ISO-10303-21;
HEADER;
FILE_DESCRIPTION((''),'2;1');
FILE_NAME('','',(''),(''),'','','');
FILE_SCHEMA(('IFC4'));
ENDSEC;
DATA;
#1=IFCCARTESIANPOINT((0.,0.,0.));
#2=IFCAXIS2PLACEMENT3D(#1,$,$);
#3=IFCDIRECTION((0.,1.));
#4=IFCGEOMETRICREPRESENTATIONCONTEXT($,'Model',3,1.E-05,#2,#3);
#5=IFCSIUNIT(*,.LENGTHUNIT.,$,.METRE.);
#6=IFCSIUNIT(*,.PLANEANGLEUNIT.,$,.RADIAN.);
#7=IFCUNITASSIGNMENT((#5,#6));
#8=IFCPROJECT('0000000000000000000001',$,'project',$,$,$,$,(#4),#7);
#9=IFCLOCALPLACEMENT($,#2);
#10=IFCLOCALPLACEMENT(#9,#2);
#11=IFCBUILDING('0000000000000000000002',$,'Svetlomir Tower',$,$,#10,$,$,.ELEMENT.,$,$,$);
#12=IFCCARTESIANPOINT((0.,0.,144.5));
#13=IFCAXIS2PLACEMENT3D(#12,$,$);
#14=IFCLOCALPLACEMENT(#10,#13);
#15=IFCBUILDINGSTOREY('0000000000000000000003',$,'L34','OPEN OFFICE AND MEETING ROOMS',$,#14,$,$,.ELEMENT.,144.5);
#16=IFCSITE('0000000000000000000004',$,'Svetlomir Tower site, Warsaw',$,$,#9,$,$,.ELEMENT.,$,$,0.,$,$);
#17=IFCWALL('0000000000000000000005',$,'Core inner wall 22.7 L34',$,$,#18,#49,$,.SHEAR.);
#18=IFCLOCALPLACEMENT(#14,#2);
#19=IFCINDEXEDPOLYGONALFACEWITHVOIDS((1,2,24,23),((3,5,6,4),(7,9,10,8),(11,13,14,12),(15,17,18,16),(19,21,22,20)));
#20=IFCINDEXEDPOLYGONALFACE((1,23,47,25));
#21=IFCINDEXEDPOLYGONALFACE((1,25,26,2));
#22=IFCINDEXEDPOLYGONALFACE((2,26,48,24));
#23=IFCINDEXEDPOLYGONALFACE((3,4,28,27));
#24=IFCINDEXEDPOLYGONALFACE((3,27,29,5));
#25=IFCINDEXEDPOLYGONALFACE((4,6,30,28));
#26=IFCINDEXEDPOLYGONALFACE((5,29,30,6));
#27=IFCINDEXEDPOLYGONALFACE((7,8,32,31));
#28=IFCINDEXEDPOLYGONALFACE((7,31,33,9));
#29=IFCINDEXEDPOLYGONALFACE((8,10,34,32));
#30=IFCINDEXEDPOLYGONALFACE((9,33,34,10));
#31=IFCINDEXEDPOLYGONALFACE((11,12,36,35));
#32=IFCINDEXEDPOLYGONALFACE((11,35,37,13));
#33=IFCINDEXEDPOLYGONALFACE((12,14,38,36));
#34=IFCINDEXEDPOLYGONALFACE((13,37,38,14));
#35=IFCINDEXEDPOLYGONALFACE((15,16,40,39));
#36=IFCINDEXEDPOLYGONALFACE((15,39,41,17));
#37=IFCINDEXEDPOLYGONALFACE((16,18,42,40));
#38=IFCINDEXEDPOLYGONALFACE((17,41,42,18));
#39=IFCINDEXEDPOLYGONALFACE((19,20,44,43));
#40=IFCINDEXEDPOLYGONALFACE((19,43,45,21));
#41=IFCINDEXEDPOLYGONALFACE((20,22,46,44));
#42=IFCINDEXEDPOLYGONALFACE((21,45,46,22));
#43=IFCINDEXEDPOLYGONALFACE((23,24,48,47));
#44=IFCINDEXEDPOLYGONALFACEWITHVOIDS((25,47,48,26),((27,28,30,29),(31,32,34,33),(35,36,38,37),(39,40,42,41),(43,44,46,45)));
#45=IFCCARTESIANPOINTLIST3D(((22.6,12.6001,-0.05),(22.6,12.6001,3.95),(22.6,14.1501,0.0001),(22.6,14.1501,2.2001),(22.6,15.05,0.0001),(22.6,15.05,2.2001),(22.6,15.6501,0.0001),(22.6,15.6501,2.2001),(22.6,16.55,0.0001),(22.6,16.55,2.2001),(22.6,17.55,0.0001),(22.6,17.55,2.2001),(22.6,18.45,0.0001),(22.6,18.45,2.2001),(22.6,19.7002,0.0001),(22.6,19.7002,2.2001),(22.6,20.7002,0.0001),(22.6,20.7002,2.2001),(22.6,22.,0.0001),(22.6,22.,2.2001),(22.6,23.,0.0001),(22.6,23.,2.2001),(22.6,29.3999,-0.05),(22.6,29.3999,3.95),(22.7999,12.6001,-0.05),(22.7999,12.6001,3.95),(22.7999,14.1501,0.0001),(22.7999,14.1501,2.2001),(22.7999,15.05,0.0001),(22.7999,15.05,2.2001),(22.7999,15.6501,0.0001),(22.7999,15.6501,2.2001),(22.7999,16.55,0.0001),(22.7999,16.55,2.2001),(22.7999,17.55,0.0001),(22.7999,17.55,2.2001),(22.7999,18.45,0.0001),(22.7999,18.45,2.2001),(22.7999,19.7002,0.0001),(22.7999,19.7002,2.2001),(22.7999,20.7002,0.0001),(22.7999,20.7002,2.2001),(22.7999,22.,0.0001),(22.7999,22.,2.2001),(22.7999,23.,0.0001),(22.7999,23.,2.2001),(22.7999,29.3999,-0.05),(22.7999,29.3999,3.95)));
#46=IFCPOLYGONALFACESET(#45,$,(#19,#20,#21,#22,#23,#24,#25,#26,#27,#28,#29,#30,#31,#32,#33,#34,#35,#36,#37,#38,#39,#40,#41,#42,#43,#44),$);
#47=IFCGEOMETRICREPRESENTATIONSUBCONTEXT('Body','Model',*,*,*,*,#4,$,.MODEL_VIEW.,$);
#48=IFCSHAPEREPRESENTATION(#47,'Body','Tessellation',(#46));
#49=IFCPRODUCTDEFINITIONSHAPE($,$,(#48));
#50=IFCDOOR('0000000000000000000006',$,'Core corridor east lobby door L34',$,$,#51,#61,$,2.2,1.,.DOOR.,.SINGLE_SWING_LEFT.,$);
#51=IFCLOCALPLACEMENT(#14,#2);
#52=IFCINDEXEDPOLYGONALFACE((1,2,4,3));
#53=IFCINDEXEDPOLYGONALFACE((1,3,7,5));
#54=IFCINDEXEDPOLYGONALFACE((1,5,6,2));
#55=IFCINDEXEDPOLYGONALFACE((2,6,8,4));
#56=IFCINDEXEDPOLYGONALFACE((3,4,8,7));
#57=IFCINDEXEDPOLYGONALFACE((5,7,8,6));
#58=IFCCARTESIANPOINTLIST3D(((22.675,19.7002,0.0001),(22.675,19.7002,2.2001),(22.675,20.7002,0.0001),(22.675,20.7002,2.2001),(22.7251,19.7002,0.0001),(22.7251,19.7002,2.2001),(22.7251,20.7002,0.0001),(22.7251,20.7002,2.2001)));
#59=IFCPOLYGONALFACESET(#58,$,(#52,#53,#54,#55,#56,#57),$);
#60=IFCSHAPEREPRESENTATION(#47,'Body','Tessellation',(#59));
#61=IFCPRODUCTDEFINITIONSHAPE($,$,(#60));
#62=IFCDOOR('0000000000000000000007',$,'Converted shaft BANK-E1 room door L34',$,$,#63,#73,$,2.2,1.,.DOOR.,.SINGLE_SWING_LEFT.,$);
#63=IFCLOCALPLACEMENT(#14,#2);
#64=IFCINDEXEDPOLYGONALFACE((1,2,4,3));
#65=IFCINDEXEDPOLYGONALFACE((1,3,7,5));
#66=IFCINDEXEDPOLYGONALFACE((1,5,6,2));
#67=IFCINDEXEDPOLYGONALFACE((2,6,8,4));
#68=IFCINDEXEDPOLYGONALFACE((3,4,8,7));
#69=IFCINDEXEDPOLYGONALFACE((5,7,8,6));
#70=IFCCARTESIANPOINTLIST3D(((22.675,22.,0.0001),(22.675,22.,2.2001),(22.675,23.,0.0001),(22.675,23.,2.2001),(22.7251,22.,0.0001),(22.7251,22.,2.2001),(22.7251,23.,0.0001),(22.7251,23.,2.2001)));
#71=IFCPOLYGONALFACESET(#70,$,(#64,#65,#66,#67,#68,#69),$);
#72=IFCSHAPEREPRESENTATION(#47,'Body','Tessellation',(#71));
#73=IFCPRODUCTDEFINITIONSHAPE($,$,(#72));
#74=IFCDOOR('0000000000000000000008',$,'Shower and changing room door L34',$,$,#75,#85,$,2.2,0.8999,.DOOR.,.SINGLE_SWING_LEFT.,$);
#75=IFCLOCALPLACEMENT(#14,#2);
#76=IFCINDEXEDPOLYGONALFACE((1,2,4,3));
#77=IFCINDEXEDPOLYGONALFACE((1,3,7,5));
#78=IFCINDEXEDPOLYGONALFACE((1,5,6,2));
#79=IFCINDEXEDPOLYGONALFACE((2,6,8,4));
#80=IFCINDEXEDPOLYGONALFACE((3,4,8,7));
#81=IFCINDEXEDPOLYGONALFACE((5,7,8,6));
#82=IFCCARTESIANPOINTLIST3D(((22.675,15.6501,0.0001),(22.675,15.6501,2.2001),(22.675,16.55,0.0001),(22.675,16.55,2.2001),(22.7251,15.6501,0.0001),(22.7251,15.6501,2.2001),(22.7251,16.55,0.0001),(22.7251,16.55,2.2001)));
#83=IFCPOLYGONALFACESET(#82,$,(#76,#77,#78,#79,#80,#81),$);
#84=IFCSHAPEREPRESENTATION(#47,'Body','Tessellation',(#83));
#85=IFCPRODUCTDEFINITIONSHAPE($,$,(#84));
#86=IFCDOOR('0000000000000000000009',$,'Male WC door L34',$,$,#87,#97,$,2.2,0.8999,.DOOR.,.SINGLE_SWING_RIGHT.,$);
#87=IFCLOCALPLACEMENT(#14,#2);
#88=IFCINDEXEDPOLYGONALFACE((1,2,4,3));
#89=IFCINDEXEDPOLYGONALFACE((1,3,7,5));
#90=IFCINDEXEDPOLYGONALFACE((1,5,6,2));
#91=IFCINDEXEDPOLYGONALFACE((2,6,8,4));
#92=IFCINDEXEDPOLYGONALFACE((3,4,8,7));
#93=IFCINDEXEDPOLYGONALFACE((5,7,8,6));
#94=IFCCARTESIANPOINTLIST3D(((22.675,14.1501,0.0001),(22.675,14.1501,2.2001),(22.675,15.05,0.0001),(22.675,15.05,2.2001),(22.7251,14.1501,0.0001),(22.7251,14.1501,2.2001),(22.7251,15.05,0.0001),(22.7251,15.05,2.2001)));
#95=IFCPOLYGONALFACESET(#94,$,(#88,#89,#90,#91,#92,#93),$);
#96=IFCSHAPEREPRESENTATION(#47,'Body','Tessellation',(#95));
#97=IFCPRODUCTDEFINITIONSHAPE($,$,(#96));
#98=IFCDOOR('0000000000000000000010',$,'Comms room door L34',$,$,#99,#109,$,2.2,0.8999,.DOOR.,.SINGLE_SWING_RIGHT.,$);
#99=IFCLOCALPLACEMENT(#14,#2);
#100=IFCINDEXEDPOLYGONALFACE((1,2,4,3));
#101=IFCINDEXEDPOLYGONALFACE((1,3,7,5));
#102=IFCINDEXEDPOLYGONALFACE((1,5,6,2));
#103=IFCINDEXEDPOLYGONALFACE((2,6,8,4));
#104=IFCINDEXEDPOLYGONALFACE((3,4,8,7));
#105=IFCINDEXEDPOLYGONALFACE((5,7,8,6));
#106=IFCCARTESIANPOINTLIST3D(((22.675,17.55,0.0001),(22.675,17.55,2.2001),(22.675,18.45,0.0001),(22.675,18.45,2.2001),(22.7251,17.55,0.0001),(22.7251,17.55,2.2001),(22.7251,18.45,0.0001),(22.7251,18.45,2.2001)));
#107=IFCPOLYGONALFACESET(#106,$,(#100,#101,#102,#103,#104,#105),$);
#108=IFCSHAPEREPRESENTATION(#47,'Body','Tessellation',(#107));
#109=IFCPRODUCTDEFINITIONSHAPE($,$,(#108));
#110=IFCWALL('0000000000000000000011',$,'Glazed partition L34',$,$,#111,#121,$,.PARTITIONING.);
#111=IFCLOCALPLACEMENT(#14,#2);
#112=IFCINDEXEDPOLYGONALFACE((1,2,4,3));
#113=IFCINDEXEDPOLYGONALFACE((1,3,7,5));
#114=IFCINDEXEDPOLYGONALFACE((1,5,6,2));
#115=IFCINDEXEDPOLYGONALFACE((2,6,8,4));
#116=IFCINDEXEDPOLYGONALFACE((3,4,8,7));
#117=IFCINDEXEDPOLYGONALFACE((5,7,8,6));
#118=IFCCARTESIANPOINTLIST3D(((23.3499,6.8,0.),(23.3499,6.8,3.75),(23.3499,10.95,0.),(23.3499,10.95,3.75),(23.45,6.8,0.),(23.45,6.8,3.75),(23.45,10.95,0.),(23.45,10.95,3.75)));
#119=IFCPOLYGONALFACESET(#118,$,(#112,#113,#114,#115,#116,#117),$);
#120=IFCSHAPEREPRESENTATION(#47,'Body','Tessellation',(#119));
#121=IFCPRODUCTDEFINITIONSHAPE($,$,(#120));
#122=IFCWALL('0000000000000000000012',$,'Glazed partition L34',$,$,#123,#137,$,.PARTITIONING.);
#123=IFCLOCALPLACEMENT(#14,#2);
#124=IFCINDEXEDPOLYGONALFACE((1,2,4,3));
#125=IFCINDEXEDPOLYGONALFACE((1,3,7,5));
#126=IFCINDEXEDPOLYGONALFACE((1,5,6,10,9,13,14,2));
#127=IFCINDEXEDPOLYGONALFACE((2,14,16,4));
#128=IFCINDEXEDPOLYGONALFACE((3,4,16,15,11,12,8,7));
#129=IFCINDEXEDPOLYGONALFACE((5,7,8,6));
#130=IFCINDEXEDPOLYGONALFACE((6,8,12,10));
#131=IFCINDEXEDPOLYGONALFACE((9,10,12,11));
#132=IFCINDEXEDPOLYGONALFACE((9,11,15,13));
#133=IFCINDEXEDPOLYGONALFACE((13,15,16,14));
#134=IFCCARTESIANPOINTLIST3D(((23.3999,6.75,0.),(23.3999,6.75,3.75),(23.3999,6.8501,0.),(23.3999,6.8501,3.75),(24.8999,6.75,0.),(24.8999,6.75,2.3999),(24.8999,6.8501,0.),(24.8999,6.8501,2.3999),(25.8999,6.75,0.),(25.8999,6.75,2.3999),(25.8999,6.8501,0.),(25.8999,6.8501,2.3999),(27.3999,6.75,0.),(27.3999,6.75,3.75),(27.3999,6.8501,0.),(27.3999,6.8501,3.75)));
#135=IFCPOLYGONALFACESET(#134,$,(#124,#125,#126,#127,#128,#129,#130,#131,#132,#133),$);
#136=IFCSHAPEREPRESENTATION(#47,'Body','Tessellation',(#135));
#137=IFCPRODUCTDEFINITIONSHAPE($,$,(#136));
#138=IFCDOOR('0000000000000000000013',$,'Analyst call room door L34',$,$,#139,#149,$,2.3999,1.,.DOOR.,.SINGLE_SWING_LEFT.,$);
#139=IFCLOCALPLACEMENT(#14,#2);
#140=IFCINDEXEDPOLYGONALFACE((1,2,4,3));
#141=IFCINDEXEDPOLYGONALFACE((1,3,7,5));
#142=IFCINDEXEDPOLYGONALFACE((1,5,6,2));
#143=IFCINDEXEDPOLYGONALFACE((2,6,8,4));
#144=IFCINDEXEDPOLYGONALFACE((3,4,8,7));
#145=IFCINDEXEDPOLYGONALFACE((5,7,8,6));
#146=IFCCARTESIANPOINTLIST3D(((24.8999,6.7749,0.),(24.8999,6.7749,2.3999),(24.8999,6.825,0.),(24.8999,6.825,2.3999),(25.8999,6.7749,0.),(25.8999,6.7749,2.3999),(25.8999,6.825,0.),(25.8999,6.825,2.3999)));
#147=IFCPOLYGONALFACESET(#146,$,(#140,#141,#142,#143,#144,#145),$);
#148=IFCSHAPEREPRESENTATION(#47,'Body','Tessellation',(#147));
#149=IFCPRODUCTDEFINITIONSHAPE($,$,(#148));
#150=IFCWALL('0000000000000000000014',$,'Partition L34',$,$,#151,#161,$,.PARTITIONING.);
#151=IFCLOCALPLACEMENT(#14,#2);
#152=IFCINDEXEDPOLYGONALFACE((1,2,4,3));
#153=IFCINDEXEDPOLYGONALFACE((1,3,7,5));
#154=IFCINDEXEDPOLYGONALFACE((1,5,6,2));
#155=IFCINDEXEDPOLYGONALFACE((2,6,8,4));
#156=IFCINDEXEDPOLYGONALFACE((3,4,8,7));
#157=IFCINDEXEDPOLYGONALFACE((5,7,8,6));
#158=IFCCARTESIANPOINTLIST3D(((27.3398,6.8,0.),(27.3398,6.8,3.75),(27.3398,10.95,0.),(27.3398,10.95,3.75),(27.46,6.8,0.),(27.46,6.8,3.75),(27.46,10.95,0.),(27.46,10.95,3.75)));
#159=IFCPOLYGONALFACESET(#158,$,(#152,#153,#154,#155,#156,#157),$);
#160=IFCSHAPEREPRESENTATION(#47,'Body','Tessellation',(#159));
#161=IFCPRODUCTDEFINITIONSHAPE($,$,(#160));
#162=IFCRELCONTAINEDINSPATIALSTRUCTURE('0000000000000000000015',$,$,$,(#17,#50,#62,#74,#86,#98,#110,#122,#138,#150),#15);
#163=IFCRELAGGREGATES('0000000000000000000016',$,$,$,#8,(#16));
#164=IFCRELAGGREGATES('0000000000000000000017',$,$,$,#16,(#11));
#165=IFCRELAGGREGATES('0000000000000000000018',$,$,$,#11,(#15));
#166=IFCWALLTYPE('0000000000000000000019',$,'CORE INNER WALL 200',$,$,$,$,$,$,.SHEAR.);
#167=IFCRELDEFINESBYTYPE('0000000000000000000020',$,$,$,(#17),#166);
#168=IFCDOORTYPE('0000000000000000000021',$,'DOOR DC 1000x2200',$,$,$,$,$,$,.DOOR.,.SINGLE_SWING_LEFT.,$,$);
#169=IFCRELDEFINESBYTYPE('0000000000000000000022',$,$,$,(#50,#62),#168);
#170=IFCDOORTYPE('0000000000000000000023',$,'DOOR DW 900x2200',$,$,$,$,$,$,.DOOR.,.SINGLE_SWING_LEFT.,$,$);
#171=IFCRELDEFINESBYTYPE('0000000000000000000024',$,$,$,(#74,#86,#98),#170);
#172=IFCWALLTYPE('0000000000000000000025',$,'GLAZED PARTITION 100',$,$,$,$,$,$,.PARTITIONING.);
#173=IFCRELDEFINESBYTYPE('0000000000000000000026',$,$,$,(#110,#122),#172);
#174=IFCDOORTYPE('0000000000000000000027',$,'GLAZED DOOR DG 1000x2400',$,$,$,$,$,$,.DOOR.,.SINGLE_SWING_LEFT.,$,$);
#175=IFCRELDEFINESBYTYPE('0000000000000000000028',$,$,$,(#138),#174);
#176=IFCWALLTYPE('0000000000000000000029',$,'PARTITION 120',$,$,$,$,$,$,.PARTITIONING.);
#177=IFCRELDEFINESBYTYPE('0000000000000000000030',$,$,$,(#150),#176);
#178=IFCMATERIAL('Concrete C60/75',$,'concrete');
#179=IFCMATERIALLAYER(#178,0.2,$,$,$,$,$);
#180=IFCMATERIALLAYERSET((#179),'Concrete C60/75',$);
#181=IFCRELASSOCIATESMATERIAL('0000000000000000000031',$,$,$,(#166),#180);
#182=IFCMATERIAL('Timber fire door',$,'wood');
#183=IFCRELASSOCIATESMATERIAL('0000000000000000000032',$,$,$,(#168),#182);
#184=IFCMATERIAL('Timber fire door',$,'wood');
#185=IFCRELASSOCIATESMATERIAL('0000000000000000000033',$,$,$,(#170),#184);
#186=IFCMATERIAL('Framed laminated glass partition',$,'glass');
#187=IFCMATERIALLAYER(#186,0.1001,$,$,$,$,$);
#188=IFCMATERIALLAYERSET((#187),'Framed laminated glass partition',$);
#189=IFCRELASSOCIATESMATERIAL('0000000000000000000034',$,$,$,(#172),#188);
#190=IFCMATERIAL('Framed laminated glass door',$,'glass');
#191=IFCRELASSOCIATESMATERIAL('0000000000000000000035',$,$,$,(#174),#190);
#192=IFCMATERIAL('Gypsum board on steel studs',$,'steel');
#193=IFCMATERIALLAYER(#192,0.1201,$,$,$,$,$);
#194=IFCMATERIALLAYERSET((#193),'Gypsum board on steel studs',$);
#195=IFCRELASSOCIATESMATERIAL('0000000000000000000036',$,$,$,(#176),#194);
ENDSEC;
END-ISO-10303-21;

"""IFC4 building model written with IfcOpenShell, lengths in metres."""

from ifc_helpers import new_model, si_unit, direction, frame, frame_2d, origin, place, context, subcontext, project, spatial, rectangle, extrude, material, layer, layer_set, type_object, element, fill, save


model = new_model("IFC4")

# Units and contexts
model_context = context("Model", 3, precision=1e-05, world=origin(), true_north=direction((0.0, 1.0)))
body_context = subcontext(model_context, "Body", "Model", "MODEL_VIEW")
ifc_project = project(units=[si_unit("LENGTHUNIT", "METRE"), si_unit("PLANEANGLEUNIT", "RADIAN")], contexts=[model_context])

# Site, building, storey
site_placement = place(None, origin())
site = spatial("IfcSite", under=ifc_project, at=site_placement, Name="Svetlomir Tower site, Warsaw", CompositionType="ELEMENT", RefElevation=0.0)
building_placement = place(site_placement, origin())
building = spatial("IfcBuilding", under=site, at=building_placement, Name="Svetlomir Tower", CompositionType="ELEMENT")
storey_placement = place(building_placement, frame((0.0, 0.0, 144.5)))
storey = spatial("IfcBuildingStorey", under=building, at=storey_placement, Name="L34", Description="OPEN OFFICE AND MEETING ROOMS", CompositionType="ELEMENT", Elevation=144.5)

# Wall, openings, doors
ifc_material_1 = material(Name="Concrete C60/75", Category="concrete")
ifc_layer_1 = layer(ifc_material_1, 0.2)
ifc_layer_set_1 = layer_set([ifc_layer_1], Name="Concrete C60/75")
wall_type_1 = type_object("IfcWallType", Name="CORE INNER WALL 200", PredefinedType="SHEAR", material=ifc_layer_set_1)
ifc_material_2 = material(Name="Timber fire door", Category="wood")
door_type_1 = type_object("IfcDoorType", Name="DOOR DC 1000x2200", OperationType="SINGLE_SWING_LEFT", PredefinedType="DOOR", material=ifc_material_2)
ifc_material_3 = material(Name="Timber fire door", Category="wood")
door_type_2 = type_object("IfcDoorType", Name="DOOR DW 900x2200", OperationType="SINGLE_SWING_LEFT", PredefinedType="DOOR", material=ifc_material_3)
wall_1_placement = place(storey_placement, frame((22.7, 12.6001, -0.05), z_axis=(0.0, 0.0, 1.0), x_axis=(0.0, 1.0, 0.0)))
wall_1 = element("IfcWall", 1, at=wall_1_placement, inside=storey, type_object=wall_type_1, Name="Core inner wall 22.7 L34", PredefinedType="SHEAR", context=body_context, shape_type="SweptSolid", body=[
    extrude(rectangle(XDim=16.7998, YDim=0.2, at=frame_2d((8.3999, 0.0))), origin(), (0.0, 0.0, 1.0), 4.0),
])
opening_1_placement = place(wall_1_placement, frame((3.05, 0.0, 0.05)))
opening_1 = element("IfcOpeningElement", 2, at=opening_1_placement, cuts=wall_1, PredefinedType="OPENING", context=body_context, shape_type="SweptSolid", body=[
    extrude(rectangle(XDim=0.8999, YDim=2.2, at=frame_2d((0.45, 1.1001))), frame((0.0, 0.1099, 0.0), z_axis=(0.0, -1.0, 0.0), x_axis=(1.0, 0.0, 0.0)), (0.0, 0.0, 1.0), 0.22),
])
opening_2_placement = place(wall_1_placement, frame((7.1001, 0.0, 0.05)))
opening_2 = element("IfcOpeningElement", 3, at=opening_2_placement, cuts=wall_1, PredefinedType="OPENING", context=body_context, shape_type="SweptSolid", body=[
    extrude(rectangle(XDim=1.0, YDim=2.2, at=frame_2d((0.5, 1.1001))), frame((0.0, 0.1099, 0.0), z_axis=(0.0, -1.0, 0.0), x_axis=(1.0, 0.0, 0.0)), (0.0, 0.0, 1.0), 0.22),
])
opening_3_placement = place(wall_1_placement, frame((1.55, 0.0, 0.05)))
opening_3 = element("IfcOpeningElement", 4, at=opening_3_placement, cuts=wall_1, PredefinedType="OPENING", context=body_context, shape_type="SweptSolid", body=[
    extrude(rectangle(XDim=0.8999, YDim=2.2, at=frame_2d((0.45, 1.1001))), frame((0.0, 0.1099, 0.0), z_axis=(0.0, -1.0, 0.0), x_axis=(1.0, 0.0, 0.0)), (0.0, 0.0, 1.0), 0.22),
])
opening_4_placement = place(wall_1_placement, frame((4.95, 0.0, 0.05)))
opening_4 = element("IfcOpeningElement", 5, at=opening_4_placement, cuts=wall_1, PredefinedType="OPENING", context=body_context, shape_type="SweptSolid", body=[
    extrude(rectangle(XDim=0.8999, YDim=2.2, at=frame_2d((0.45, 1.1001))), frame((0.0, 0.1099, 0.0), z_axis=(0.0, -1.0, 0.0), x_axis=(1.0, 0.0, 0.0)), (0.0, 0.0, 1.0), 0.22),
])
opening_5_placement = place(wall_1_placement, frame((9.3999, 0.0, 0.05)))
opening_5 = element("IfcOpeningElement", 6, at=opening_5_placement, cuts=wall_1, PredefinedType="OPENING", context=body_context, shape_type="SweptSolid", body=[
    extrude(rectangle(XDim=1.0, YDim=2.2, at=frame_2d((0.5, 1.1001))), frame((0.0, 0.1099, 0.0), z_axis=(0.0, -1.0, 0.0), x_axis=(1.0, 0.0, 0.0)), (0.0, 0.0, 1.0), 0.22),
])
door_1_placement = place(opening_2_placement, origin())
door_1 = element("IfcDoor", 7, at=door_1_placement, inside=storey, type_object=door_type_1, Name="Core corridor east lobby door L34", OperationType="SINGLE_SWING_LEFT", OverallHeight=2.2, OverallWidth=1.0, PredefinedType="DOOR", context=body_context, shape_type="SweptSolid", body=[
    extrude(rectangle(XDim=1.0, YDim=2.2, at=frame_2d((0.5, 1.1001))), frame((0.0, 0.0249, 0.0), z_axis=(0.0, -1.0, 0.0), x_axis=(1.0, 0.0, 0.0)), (0.0, 0.0, 1.0), 0.05),
])
fill(opening_2, door_1)
door_2_placement = place(opening_5_placement, origin())
door_2 = element("IfcDoor", 8, at=door_2_placement, inside=storey, type_object=door_type_1, Name="Converted shaft BANK-E1 room door L34", OperationType="SINGLE_SWING_LEFT", OverallHeight=2.2, OverallWidth=1.0, PredefinedType="DOOR", context=body_context, shape_type="SweptSolid", body=[
    extrude(rectangle(XDim=1.0, YDim=2.2, at=frame_2d((0.5, 1.1001))), frame((0.0, 0.0249, 0.0), z_axis=(0.0, -1.0, 0.0), x_axis=(1.0, 0.0, 0.0)), (0.0, 0.0, 1.0), 0.05),
])
fill(opening_5, door_2)
door_3_placement = place(opening_1_placement, origin())
door_3 = element("IfcDoor", 9, at=door_3_placement, inside=storey, type_object=door_type_2, Name="Shower and changing room door L34", OperationType="SINGLE_SWING_LEFT", OverallHeight=2.2, OverallWidth=0.8999, PredefinedType="DOOR", context=body_context, shape_type="SweptSolid", body=[
    extrude(rectangle(XDim=0.8999, YDim=2.2, at=frame_2d((0.45, 1.1001))), frame((0.0, 0.0249, 0.0), z_axis=(0.0, -1.0, 0.0), x_axis=(1.0, 0.0, 0.0)), (0.0, 0.0, 1.0), 0.05),
])
fill(opening_1, door_3)
door_4_placement = place(opening_3_placement, origin())
door_4 = element("IfcDoor", 10, at=door_4_placement, inside=storey, type_object=door_type_2, Name="Male WC door L34", OperationType="SINGLE_SWING_RIGHT", OverallHeight=2.2, OverallWidth=0.8999, PredefinedType="DOOR", context=body_context, shape_type="SweptSolid", body=[
    extrude(rectangle(XDim=0.8999, YDim=2.2, at=frame_2d((0.45, 1.1001))), frame((0.0, 0.0249, 0.0), z_axis=(0.0, -1.0, 0.0), x_axis=(1.0, 0.0, 0.0)), (0.0, 0.0, 1.0), 0.05),
])
fill(opening_3, door_4)
door_5_placement = place(opening_4_placement, origin())
door_5 = element("IfcDoor", 11, at=door_5_placement, inside=storey, type_object=door_type_2, Name="Comms room door L34", OperationType="SINGLE_SWING_RIGHT", OverallHeight=2.2, OverallWidth=0.8999, PredefinedType="DOOR", context=body_context, shape_type="SweptSolid", body=[
    extrude(rectangle(XDim=0.8999, YDim=2.2, at=frame_2d((0.45, 1.1001))), frame((0.0, 0.0249, 0.0), z_axis=(0.0, -1.0, 0.0), x_axis=(1.0, 0.0, 0.0)), (0.0, 0.0, 1.0), 0.05),
])
fill(opening_4, door_5)

# Wall
ifc_material_4 = material(Name="Framed laminated glass partition", Category="glass")
ifc_layer_2 = layer(ifc_material_4, 0.1001)
ifc_layer_set_2 = layer_set([ifc_layer_2], Name="Framed laminated glass partition")
wall_type_2 = type_object("IfcWallType", Name="GLAZED PARTITION 100", PredefinedType="PARTITIONING", material=ifc_layer_set_2)
wall_2_placement = place(storey_placement, frame((23.3999, 6.8, 0.0), z_axis=(0.0, 0.0, 1.0), x_axis=(0.0, 1.0, 0.0)))
element("IfcWall", 12, at=wall_2_placement, inside=storey, type_object=wall_type_2, Name="Glazed partition L34", PredefinedType="PARTITIONING", context=body_context, shape_type="SweptSolid", body=[
    extrude(rectangle(XDim=4.1499, YDim=0.1001, at=frame_2d((2.075, 0.0))), origin(), (0.0, 0.0, 1.0), 3.75),
])

# Wall, opening, door
wall_3_placement = place(storey_placement, frame((23.3999, 6.8, 0.0), z_axis=(0.0, 0.0, 1.0), x_axis=(1.0, 0.0, 0.0)))
wall_3 = element("IfcWall", 13, at=wall_3_placement, inside=storey, type_object=wall_type_2, Name="Glazed partition L34", PredefinedType="PARTITIONING", context=body_context, shape_type="SweptSolid", body=[
    extrude(rectangle(XDim=4.0, YDim=0.1001, at=frame_2d((2.0, 0.0))), origin(), (0.0, 0.0, 1.0), 3.75),
])
opening_6_placement = place(wall_3_placement, frame((1.5, 0.0, 0.0)))
opening_6 = element("IfcOpeningElement", 14, at=opening_6_placement, cuts=wall_3, PredefinedType="OPENING", context=body_context, shape_type="SweptSolid", body=[
    extrude(rectangle(XDim=1.0, YDim=2.3999, at=frame_2d((0.5, 1.2))), frame((0.0, 0.0601, 0.0), z_axis=(0.0, -1.0, 0.0), x_axis=(1.0, 0.0, 0.0)), (0.0, 0.0, 1.0), 0.1201),
])
ifc_material_5 = material(Name="Framed laminated glass door", Category="glass")
door_type_3 = type_object("IfcDoorType", Name="GLAZED DOOR DG 1000x2400", OperationType="SINGLE_SWING_LEFT", PredefinedType="DOOR", material=ifc_material_5)
door_6_placement = place(opening_6_placement, origin())
door_6 = element("IfcDoor", 15, at=door_6_placement, inside=storey, type_object=door_type_3, Name="Analyst call room door L34", OperationType="SINGLE_SWING_LEFT", OverallHeight=2.3999, OverallWidth=1.0, PredefinedType="DOOR", context=body_context, shape_type="SweptSolid", body=[
    extrude(rectangle(XDim=1.0, YDim=2.3999, at=frame_2d((0.5, 1.2))), frame((0.0, 0.0249, 0.0), z_axis=(0.0, -1.0, 0.0), x_axis=(1.0, 0.0, 0.0)), (0.0, 0.0, 1.0), 0.05),
])
fill(opening_6, door_6)

# Wall
ifc_material_6 = material(Name="Gypsum board on steel studs", Category="steel")
ifc_layer_3 = layer(ifc_material_6, 0.1201)
ifc_layer_set_3 = layer_set([ifc_layer_3], Name="Gypsum board on steel studs")
wall_type_3 = type_object("IfcWallType", Name="PARTITION 120", PredefinedType="PARTITIONING", material=ifc_layer_set_3)
wall_4_placement = place(storey_placement, frame((27.3999, 6.8, 0.0), z_axis=(0.0, 0.0, 1.0), x_axis=(0.0, 1.0, 0.0)))
element("IfcWall", 16, at=wall_4_placement, inside=storey, type_object=wall_type_3, Name="Partition L34", PredefinedType="PARTITIONING", context=body_context, shape_type="SweptSolid", body=[
    extrude(rectangle(XDim=4.1499, YDim=0.1201, at=frame_2d((2.075, 0.0))), origin(), (0.0, 0.0, 1.0), 3.75),
])

save(model, "model.ifc")
